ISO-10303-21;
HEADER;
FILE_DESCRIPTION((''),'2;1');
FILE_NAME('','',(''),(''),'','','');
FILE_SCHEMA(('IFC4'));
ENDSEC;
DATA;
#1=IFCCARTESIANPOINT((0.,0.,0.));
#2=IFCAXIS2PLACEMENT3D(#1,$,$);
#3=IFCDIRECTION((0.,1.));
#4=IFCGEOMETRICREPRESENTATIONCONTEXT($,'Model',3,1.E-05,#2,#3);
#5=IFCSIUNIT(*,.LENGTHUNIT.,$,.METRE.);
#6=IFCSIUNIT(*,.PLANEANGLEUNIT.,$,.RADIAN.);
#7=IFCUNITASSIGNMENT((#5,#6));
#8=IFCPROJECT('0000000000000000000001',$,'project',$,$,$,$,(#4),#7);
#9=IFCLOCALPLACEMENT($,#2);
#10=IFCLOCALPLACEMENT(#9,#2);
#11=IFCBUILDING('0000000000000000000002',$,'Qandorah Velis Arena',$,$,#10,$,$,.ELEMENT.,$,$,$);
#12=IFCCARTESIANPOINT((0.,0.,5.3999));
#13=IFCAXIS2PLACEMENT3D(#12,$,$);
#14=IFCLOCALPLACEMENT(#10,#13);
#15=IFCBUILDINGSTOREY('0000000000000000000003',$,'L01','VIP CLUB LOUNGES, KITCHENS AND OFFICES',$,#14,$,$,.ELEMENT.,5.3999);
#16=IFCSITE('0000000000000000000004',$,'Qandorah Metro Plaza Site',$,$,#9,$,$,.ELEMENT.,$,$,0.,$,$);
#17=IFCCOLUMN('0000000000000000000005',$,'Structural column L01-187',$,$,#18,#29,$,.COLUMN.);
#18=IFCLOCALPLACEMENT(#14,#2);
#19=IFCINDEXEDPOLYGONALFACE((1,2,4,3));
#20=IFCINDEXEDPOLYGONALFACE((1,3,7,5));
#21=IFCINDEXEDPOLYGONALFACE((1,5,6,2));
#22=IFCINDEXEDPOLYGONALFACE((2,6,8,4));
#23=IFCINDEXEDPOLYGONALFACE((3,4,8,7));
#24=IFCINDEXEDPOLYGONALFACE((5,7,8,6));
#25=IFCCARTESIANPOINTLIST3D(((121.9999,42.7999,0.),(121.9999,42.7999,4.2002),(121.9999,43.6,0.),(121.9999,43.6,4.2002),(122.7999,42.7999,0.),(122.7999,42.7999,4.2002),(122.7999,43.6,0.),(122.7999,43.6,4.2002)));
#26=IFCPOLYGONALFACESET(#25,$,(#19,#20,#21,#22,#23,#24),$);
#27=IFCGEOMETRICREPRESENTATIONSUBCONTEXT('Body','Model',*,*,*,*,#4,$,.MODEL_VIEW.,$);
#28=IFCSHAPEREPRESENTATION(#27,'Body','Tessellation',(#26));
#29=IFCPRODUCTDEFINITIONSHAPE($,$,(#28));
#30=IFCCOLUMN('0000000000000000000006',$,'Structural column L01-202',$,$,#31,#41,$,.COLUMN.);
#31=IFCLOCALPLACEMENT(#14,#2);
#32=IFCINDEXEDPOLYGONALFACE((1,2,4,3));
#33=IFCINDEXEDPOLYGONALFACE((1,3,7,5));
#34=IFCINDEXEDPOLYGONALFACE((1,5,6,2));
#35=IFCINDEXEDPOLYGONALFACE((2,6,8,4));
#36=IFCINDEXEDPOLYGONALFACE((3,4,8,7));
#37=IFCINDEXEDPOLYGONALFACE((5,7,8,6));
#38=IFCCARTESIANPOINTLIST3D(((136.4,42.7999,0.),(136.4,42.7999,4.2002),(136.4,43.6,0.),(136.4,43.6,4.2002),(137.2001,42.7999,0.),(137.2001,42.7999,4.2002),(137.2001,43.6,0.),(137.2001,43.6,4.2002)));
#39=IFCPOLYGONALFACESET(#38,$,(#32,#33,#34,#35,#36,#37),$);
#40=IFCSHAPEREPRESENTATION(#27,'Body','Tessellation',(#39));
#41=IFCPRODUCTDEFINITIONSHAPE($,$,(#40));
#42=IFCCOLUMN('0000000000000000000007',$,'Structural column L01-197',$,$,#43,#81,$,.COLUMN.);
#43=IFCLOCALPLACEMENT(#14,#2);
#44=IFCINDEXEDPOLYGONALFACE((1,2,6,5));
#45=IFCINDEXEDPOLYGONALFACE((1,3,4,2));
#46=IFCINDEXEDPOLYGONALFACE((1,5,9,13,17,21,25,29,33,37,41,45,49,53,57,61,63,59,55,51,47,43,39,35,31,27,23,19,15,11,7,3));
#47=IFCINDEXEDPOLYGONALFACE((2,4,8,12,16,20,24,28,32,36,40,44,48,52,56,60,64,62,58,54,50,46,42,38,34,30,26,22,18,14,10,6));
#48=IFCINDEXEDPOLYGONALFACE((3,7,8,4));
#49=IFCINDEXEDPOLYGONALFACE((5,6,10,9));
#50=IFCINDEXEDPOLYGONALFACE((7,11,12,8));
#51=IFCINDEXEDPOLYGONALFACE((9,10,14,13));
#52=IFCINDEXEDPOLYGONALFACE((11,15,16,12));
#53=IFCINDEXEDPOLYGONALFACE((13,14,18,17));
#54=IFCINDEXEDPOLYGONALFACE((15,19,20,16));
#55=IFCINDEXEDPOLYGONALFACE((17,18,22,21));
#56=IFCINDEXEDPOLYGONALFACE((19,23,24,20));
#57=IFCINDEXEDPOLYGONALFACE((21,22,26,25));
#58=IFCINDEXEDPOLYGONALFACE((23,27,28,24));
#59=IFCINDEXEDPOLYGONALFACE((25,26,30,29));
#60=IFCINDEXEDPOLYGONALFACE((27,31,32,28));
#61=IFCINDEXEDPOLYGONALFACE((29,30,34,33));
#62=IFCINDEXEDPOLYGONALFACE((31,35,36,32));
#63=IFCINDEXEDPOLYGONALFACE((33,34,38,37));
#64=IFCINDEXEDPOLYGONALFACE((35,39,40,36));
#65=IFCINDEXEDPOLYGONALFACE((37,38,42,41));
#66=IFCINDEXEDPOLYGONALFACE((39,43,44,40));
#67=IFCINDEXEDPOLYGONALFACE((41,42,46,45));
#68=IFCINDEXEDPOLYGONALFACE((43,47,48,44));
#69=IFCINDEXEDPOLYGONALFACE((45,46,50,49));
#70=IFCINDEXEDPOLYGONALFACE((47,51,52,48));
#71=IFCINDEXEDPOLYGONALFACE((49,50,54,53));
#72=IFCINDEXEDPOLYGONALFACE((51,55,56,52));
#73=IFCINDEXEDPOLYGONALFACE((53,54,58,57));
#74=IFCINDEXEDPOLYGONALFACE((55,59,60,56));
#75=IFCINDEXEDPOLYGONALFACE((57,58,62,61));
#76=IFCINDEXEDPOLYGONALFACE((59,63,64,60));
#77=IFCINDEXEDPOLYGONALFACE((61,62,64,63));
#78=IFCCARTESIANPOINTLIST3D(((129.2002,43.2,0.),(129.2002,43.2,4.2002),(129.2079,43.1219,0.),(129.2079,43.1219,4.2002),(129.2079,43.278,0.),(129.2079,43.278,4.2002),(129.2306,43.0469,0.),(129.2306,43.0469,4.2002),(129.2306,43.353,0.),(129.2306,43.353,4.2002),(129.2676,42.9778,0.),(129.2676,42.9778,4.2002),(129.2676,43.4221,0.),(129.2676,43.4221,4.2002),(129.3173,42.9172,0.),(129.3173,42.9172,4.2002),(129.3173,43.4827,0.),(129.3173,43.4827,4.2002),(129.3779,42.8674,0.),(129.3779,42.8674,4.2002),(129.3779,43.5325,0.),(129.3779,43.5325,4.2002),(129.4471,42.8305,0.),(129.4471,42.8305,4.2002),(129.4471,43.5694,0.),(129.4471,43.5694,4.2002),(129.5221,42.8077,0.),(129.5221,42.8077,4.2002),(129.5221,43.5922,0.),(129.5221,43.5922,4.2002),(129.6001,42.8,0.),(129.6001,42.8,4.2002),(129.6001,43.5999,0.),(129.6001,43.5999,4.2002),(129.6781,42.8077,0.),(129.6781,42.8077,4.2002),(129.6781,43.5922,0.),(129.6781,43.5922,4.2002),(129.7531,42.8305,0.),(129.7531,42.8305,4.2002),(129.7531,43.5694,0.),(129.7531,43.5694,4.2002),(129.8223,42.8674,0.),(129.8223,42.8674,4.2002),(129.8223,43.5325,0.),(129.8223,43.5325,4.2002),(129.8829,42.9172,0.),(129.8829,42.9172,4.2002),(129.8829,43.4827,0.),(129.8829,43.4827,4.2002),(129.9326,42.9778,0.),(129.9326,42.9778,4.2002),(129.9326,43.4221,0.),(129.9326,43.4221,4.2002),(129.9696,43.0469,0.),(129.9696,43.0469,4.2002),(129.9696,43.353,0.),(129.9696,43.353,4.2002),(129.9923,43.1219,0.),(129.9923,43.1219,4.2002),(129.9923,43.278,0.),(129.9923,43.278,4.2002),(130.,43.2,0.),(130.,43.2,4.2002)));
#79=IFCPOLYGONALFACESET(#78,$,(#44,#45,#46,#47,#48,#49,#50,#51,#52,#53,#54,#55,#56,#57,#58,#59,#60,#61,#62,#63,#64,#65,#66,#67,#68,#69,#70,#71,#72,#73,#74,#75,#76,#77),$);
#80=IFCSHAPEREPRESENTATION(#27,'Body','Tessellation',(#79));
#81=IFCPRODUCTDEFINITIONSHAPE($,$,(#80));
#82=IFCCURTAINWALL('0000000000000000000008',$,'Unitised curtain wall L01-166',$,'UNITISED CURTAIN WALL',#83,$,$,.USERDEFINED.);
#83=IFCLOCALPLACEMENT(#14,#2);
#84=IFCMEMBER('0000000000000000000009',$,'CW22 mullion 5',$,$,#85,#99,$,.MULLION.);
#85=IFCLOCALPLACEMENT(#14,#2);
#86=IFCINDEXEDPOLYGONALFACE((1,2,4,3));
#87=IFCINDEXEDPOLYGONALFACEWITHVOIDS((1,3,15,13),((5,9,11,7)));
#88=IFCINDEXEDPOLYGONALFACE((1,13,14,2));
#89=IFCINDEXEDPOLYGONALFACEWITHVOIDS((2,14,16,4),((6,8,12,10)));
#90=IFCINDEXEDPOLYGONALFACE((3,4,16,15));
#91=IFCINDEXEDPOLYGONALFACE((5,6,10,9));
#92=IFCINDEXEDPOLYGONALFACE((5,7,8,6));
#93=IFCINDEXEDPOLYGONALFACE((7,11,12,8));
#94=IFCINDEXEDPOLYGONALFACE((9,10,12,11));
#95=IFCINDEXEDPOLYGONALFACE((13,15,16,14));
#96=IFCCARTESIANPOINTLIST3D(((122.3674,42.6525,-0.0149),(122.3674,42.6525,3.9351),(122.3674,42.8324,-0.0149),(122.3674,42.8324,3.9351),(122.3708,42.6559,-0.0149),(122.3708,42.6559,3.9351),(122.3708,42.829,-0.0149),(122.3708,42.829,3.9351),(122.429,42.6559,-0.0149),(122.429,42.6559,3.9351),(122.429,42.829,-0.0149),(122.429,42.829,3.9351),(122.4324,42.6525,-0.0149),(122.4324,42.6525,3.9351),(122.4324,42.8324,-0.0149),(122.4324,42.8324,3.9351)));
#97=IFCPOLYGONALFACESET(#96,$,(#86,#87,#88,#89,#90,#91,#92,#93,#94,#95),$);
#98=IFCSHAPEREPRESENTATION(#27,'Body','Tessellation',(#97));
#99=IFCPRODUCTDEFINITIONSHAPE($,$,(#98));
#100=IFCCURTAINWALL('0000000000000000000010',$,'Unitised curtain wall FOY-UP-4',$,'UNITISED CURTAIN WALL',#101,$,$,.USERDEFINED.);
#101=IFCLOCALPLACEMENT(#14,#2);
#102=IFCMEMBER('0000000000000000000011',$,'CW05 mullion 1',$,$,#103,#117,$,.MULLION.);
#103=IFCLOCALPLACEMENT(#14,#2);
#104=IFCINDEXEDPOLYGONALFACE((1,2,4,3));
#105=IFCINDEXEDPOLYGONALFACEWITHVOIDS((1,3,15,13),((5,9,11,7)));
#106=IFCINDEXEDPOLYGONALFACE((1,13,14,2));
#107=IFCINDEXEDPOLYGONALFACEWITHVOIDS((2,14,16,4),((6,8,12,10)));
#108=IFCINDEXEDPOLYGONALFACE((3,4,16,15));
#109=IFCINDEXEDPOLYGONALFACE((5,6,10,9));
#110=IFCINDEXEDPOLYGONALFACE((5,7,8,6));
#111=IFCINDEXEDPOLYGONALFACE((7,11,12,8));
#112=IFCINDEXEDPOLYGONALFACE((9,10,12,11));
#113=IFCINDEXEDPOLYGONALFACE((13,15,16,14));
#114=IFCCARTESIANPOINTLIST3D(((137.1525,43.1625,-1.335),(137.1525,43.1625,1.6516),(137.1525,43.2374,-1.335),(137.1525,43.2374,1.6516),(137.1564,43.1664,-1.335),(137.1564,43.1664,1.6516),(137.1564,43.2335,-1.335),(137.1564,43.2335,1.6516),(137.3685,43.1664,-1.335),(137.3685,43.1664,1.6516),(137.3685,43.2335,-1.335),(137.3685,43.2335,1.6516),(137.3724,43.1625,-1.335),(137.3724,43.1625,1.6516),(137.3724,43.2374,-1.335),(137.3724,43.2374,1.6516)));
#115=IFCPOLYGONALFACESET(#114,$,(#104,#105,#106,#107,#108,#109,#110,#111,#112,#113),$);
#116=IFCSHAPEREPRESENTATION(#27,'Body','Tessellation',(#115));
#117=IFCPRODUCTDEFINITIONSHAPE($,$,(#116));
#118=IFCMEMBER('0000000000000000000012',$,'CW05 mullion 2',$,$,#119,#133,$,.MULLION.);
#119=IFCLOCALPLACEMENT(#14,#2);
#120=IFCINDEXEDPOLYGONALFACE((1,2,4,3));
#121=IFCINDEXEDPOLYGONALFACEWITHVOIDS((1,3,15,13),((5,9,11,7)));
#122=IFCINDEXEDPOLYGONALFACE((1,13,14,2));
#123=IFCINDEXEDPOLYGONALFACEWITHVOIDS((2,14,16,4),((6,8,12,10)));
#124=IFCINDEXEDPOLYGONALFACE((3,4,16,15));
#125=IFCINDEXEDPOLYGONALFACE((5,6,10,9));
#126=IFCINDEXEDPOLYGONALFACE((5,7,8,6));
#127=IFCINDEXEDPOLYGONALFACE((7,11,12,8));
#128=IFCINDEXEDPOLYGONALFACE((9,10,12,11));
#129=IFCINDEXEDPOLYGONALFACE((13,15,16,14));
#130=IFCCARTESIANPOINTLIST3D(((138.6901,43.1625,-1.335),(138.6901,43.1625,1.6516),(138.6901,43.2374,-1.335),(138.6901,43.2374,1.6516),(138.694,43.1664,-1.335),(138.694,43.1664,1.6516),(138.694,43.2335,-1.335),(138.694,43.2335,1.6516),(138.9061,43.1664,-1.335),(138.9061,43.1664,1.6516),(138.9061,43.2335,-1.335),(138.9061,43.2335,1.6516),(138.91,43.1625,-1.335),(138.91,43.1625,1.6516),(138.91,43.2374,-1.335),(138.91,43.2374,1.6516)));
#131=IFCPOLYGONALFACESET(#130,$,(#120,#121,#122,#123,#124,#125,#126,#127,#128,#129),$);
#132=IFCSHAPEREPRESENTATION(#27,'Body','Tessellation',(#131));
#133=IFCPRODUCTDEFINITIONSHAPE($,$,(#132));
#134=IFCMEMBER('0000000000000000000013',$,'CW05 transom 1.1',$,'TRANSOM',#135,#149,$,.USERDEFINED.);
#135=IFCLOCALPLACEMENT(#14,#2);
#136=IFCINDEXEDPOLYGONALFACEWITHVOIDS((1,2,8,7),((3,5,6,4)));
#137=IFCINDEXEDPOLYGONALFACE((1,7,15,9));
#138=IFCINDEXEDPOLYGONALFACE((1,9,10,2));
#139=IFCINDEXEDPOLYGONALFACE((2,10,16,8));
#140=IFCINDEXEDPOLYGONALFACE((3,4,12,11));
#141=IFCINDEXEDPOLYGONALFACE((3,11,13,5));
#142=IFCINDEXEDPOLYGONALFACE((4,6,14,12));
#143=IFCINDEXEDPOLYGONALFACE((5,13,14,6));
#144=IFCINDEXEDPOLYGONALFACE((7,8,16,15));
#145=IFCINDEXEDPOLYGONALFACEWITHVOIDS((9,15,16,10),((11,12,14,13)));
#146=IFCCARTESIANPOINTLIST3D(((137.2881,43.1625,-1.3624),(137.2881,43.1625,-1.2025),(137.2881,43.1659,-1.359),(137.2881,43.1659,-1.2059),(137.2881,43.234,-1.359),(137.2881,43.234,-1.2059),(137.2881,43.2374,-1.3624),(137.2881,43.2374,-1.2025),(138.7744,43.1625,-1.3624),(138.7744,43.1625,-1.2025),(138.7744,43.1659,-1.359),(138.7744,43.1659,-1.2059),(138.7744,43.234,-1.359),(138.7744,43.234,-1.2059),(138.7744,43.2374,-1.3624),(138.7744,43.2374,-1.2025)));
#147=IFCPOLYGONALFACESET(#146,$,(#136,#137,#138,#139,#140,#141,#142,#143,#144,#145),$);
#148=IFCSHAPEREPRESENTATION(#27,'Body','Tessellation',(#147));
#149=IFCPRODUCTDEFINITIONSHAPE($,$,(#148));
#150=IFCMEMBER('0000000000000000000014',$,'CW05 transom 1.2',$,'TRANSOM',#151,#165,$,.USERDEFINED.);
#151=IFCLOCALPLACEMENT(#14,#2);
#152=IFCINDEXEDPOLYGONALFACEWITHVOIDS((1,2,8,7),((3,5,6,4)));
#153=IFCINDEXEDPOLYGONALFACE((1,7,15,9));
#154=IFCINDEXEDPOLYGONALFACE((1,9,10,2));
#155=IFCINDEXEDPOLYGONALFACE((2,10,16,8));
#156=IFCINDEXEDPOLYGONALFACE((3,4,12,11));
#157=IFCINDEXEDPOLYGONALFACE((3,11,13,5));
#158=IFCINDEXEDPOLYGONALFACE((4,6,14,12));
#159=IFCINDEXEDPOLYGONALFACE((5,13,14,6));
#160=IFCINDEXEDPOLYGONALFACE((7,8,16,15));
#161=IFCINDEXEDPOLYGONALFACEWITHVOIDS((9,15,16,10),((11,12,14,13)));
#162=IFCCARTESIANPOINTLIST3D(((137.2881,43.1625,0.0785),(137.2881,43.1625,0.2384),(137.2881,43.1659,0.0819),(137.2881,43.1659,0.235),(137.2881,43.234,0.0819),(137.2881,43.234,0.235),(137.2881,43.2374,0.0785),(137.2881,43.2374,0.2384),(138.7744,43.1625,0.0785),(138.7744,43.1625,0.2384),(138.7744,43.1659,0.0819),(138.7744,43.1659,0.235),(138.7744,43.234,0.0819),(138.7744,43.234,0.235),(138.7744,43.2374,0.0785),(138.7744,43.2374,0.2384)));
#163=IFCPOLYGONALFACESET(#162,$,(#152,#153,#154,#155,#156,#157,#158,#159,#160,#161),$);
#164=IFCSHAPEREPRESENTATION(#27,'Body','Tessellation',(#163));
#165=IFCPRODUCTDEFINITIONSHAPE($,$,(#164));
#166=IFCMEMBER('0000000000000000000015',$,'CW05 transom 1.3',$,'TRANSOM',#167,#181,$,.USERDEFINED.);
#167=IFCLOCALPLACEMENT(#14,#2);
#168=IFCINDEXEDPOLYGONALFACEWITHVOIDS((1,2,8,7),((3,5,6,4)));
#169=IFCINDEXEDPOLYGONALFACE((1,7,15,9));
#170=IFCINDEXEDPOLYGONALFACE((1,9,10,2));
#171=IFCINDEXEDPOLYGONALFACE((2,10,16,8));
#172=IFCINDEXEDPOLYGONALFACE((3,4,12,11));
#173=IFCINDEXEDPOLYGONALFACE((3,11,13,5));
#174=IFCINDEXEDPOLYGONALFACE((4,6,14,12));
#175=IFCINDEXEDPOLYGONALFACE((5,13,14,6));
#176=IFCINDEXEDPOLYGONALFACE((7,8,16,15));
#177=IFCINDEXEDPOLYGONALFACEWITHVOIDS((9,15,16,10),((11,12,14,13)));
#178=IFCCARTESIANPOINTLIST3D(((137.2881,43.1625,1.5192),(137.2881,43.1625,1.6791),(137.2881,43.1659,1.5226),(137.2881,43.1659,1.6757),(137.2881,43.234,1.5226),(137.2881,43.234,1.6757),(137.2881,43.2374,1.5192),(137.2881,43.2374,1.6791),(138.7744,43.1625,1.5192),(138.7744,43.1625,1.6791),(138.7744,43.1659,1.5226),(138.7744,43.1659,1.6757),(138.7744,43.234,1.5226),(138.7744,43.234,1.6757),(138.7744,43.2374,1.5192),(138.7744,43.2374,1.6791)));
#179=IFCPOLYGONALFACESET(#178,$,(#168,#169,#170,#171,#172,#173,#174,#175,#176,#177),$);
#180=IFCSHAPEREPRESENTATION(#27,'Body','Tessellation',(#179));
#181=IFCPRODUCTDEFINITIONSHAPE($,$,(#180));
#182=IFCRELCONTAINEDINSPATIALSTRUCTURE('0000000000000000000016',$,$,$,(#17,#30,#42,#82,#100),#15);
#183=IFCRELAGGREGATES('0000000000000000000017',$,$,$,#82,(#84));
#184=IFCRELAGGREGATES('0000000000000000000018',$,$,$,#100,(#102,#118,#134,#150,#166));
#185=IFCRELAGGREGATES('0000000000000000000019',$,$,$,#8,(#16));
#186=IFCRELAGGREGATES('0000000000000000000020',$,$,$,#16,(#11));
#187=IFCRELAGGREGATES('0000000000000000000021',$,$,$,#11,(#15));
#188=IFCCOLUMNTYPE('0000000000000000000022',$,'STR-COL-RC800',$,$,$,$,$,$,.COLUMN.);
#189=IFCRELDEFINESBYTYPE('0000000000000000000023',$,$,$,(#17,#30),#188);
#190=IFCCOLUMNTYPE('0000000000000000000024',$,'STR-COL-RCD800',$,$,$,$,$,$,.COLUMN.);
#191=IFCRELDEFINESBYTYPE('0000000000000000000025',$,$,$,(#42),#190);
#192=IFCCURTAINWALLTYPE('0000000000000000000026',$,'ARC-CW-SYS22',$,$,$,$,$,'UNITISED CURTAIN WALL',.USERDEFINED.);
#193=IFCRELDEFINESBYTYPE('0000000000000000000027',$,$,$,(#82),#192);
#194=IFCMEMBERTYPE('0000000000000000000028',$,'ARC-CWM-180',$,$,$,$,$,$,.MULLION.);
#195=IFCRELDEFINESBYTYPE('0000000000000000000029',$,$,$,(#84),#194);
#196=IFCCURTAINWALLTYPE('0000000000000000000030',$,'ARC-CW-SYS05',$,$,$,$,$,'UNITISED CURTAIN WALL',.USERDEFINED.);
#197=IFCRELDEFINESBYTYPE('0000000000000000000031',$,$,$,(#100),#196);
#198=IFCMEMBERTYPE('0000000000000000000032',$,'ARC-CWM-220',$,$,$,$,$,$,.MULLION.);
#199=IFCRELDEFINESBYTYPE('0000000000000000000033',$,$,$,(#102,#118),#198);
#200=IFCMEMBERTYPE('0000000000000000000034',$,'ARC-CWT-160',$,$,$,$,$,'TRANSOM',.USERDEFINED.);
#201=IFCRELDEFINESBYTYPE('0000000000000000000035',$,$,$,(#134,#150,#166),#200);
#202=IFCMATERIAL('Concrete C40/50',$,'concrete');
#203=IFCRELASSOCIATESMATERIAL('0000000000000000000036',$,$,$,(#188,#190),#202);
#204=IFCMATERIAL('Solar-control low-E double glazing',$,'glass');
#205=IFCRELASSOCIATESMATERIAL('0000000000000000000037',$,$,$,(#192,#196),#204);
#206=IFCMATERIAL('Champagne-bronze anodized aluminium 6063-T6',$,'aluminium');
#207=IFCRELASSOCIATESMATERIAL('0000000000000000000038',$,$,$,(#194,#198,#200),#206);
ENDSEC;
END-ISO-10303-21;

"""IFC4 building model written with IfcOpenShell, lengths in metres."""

from ifc_helpers import new_model, si_unit, direction, frame, origin, origin_2d, place, context, subcontext, project, spatial, rectangle, hollow_rectangle, circle, extrude, material, material_profile, profile_set, type_object, element, aggregate, save


model = new_model("IFC4")

# Units and contexts
model_context = context("Model", 3, precision=1e-05, world=origin(), true_north=direction((0.0, 1.0)))
body_context = subcontext(model_context, "Body", "Model", "MODEL_VIEW")
ifc_project = project(units=[si_unit("LENGTHUNIT", "METRE"), si_unit("PLANEANGLEUNIT", "RADIAN")], contexts=[model_context])

# Site, building, storey
site_placement = place(None, origin())
site = spatial("IfcSite", under=ifc_project, at=site_placement, Name="Qandorah Metro Plaza Site", CompositionType="ELEMENT", RefElevation=0.0)
building_placement = place(site_placement, origin())
building = spatial("IfcBuilding", under=site, at=building_placement, Name="Qandorah Velis Arena", CompositionType="ELEMENT")
storey_placement = place(building_placement, frame((0.0, 0.0, 5.3999)))
storey = spatial("IfcBuildingStorey", under=building, at=storey_placement, Name="L01", Description="VIP CLUB LOUNGES, KITCHENS AND OFFICES", CompositionType="ELEMENT", Elevation=5.3999)

# Columns
ifc_material_1 = material(Name="Concrete C40/50", Category="concrete")
ifc_material_profile_1 = material_profile(ifc_material_1, rectangle(XDim=0.8, YDim=0.8, at=origin_2d()), Name="RC COL 800x800")
ifc_profile_set_1 = profile_set([ifc_material_profile_1], Name="Concrete C40/50")
column_type_1 = type_object("IfcColumnType", Name="STR-COL-RC800", PredefinedType="COLUMN", material=ifc_profile_set_1)
for number, where, z_axis, x_axis, name in (
    (1, (122.3999, 43.2, 0.0), (0.0, 0.0, 1.0), (1.0, 0.0, 0.0), "Structural column L01-187"),
    (2, (136.8, 43.2, 0.0), (0.0, 0.0, 1.0), (1.0, 0.0, 0.0), "Structural column L01-202"),
):
    element("IfcColumn", number, at=place(storey_placement, frame(where, z_axis=z_axis, x_axis=x_axis)), inside=storey, type_object=column_type_1, Name=name, PredefinedType="COLUMN", context=body_context, shape_type="SweptSolid", body=[
        extrude(rectangle(XDim=0.8, YDim=0.8, at=origin_2d()), origin(), (0.0, 0.0, 1.0), 4.2002),
    ])
ifc_material_profile_2 = material_profile(ifc_material_1, circle(Radius=0.3999, at=origin_2d()), Name="RC D800")
ifc_profile_set_2 = profile_set([ifc_material_profile_2], Name="Concrete C40/50")
column_type_2 = type_object("IfcColumnType", Name="STR-COL-RCD800", PredefinedType="COLUMN", material=ifc_profile_set_2)
column_placement = place(storey_placement, frame((129.6001, 43.2, 0.0), z_axis=(0.0, 0.0, 1.0), x_axis=(1.0, 0.0, 0.0)))
element("IfcColumn", 3, at=column_placement, inside=storey, type_object=column_type_2, Name="Structural column L01-197", PredefinedType="COLUMN", context=body_context, shape_type="SweptSolid", body=[
    extrude(circle(Radius=0.3999, at=origin_2d()), origin(), (0.0, 0.0, 1.0), 4.2002),
])

# Curtain wall, member
ifc_material_2 = material(Name="Solar-control low-E double glazing", Category="glass")
curtain_wall_type_1 = type_object("IfcCurtainWallType", Name="ARC-CW-SYS22", ElementType="UNITISED CURTAIN WALL", PredefinedType="USERDEFINED", material=ifc_material_2)
curtain_wall_1_placement = place(storey_placement, origin())
curtain_wall_1 = element("IfcCurtainWall", 4, at=curtain_wall_1_placement, inside=storey, type_object=curtain_wall_type_1, Name="Unitised curtain wall L01-166", ObjectType="UNITISED CURTAIN WALL", PredefinedType="USERDEFINED")
ifc_material_3 = material(Name="Champagne-bronze anodized aluminium 6063-T6", Category="aluminium")
ifc_material_profile_3 = material_profile(ifc_material_3, hollow_rectangle(XDim=0.0649, YDim=0.1799, WallThickness=0.0034, at=origin_2d()), Name="ALU MULLION 65x180")
ifc_profile_set_3 = profile_set([ifc_material_profile_3], Name="Champagne-bronze anodized aluminium 6063-T6")
member_type_1 = type_object("IfcMemberType", Name="ARC-CWM-180", PredefinedType="MULLION", material=ifc_profile_set_3)
member_1_placement = place(storey_placement, frame((122.3999, 42.7424, -0.0149), z_axis=(0.0, 0.0, 1.0), x_axis=(-1.0, 0.0, 0.0)))
member_1 = element("IfcMember", 5, at=member_1_placement, type_object=member_type_1, Name="CW22 mullion 5", PredefinedType="MULLION", context=body_context, shape_type="SweptSolid", body=[
    extrude(hollow_rectangle(XDim=0.0649, YDim=0.1799, WallThickness=0.0034, at=origin_2d()), origin(), (0.0, 0.0, 1.0), 3.95),
])
aggregate(curtain_wall_1, [member_1])

# Curtain wall, members
curtain_wall_type_2 = type_object("IfcCurtainWallType", Name="ARC-CW-SYS05", ElementType="UNITISED CURTAIN WALL", PredefinedType="USERDEFINED", material=ifc_material_2)
curtain_wall_2_placement = place(storey_placement, origin())
curtain_wall_2 = element("IfcCurtainWall", 6, at=curtain_wall_2_placement, inside=storey, type_object=curtain_wall_type_2, Name="Unitised curtain wall FOY-UP-4", ObjectType="UNITISED CURTAIN WALL", PredefinedType="USERDEFINED")
ifc_material_profile_4 = material_profile(ifc_material_3, hollow_rectangle(XDim=0.075, YDim=0.22, WallThickness=0.0039, at=origin_2d()), Name="ALU MULLION 75x220")
ifc_profile_set_4 = profile_set([ifc_material_profile_4], Name="Champagne-bronze anodized aluminium 6063-T6")
member_type_2 = type_object("IfcMemberType", Name="ARC-CWM-220", PredefinedType="MULLION", material=ifc_profile_set_4)
member_2_placement = place(storey_placement, frame((137.2625, 43.2, -1.335), z_axis=(0.0, 0.0, 1.0), x_axis=(0.0, 1.0, 0.0)))
member_2 = element("IfcMember", 7, at=member_2_placement, type_object=member_type_2, Name="CW05 mullion 1", PredefinedType="MULLION", context=body_context, shape_type="SweptSolid", body=[
    extrude(hollow_rectangle(XDim=0.075, YDim=0.22, WallThickness=0.0039, at=origin_2d()), origin(), (0.0, 0.0, 1.0), 2.9866),
])
member_3_placement = place(storey_placement, frame((138.8, 43.2, -1.335), z_axis=(0.0, 0.0, 1.0), x_axis=(0.0, 1.0, 0.0)))
member_3 = element("IfcMember", 8, at=member_3_placement, type_object=member_type_2, Name="CW05 mullion 2", PredefinedType="MULLION", context=body_context, shape_type="SweptSolid", body=[
    extrude(hollow_rectangle(XDim=0.075, YDim=0.22, WallThickness=0.0039, at=origin_2d()), origin(), (0.0, 0.0, 1.0), 2.9866),
])
ifc_material_profile_5 = material_profile(ifc_material_3, hollow_rectangle(XDim=0.075, YDim=0.1599, WallThickness=0.0034, at=origin_2d()), Name="ALU TRANSOM 75x160")
ifc_profile_set_5 = profile_set([ifc_material_profile_5], Name="Champagne-bronze anodized aluminium 6063-T6")
member_type_3 = type_object("IfcMemberType", Name="ARC-CWT-160", ElementType="TRANSOM", PredefinedType="USERDEFINED", material=ifc_profile_set_5)
member_4_placement = place(storey_placement, frame((137.2881, 43.2, -1.2825), z_axis=(1.0, 0.0, 0.0), x_axis=(0.0, 1.0, 0.0)))
member_4 = element("IfcMember", 9, at=member_4_placement, type_object=member_type_3, Name="CW05 transom 1.1", ObjectType="TRANSOM", PredefinedType="USERDEFINED", context=body_context, shape_type="SweptSolid", body=[
    extrude(hollow_rectangle(XDim=0.075, YDim=0.1599, WallThickness=0.0034, at=origin_2d()), origin(), (0.0, 0.0, 1.0), 1.4863),
])
member_5_placement = place(storey_placement, frame((137.2881, 43.2, 0.1584), z_axis=(1.0, 0.0, 0.0), x_axis=(0.0, 1.0, 0.0)))
member_5 = element("IfcMember", 10, at=member_5_placement, type_object=member_type_3, Name="CW05 transom 1.2", ObjectType="TRANSOM", PredefinedType="USERDEFINED", context=body_context, shape_type="SweptSolid", body=[
    extrude(hollow_rectangle(XDim=0.075, YDim=0.1599, WallThickness=0.0034, at=origin_2d()), origin(), (0.0, 0.0, 1.0), 1.4863),
])
member_6_placement = place(storey_placement, frame((137.2881, 43.2, 1.5991), z_axis=(1.0, 0.0, 0.0), x_axis=(0.0, 1.0, 0.0)))
member_6 = element("IfcMember", 11, at=member_6_placement, type_object=member_type_3, Name="CW05 transom 1.3", ObjectType="TRANSOM", PredefinedType="USERDEFINED", context=body_context, shape_type="SweptSolid", body=[
    extrude(hollow_rectangle(XDim=0.075, YDim=0.1599, WallThickness=0.0034, at=origin_2d()), origin(), (0.0, 0.0, 1.0), 1.4863),
])

aggregate(curtain_wall_2, [member_2, member_3, member_4, member_5, member_6])

save(model, "model.ifc")
